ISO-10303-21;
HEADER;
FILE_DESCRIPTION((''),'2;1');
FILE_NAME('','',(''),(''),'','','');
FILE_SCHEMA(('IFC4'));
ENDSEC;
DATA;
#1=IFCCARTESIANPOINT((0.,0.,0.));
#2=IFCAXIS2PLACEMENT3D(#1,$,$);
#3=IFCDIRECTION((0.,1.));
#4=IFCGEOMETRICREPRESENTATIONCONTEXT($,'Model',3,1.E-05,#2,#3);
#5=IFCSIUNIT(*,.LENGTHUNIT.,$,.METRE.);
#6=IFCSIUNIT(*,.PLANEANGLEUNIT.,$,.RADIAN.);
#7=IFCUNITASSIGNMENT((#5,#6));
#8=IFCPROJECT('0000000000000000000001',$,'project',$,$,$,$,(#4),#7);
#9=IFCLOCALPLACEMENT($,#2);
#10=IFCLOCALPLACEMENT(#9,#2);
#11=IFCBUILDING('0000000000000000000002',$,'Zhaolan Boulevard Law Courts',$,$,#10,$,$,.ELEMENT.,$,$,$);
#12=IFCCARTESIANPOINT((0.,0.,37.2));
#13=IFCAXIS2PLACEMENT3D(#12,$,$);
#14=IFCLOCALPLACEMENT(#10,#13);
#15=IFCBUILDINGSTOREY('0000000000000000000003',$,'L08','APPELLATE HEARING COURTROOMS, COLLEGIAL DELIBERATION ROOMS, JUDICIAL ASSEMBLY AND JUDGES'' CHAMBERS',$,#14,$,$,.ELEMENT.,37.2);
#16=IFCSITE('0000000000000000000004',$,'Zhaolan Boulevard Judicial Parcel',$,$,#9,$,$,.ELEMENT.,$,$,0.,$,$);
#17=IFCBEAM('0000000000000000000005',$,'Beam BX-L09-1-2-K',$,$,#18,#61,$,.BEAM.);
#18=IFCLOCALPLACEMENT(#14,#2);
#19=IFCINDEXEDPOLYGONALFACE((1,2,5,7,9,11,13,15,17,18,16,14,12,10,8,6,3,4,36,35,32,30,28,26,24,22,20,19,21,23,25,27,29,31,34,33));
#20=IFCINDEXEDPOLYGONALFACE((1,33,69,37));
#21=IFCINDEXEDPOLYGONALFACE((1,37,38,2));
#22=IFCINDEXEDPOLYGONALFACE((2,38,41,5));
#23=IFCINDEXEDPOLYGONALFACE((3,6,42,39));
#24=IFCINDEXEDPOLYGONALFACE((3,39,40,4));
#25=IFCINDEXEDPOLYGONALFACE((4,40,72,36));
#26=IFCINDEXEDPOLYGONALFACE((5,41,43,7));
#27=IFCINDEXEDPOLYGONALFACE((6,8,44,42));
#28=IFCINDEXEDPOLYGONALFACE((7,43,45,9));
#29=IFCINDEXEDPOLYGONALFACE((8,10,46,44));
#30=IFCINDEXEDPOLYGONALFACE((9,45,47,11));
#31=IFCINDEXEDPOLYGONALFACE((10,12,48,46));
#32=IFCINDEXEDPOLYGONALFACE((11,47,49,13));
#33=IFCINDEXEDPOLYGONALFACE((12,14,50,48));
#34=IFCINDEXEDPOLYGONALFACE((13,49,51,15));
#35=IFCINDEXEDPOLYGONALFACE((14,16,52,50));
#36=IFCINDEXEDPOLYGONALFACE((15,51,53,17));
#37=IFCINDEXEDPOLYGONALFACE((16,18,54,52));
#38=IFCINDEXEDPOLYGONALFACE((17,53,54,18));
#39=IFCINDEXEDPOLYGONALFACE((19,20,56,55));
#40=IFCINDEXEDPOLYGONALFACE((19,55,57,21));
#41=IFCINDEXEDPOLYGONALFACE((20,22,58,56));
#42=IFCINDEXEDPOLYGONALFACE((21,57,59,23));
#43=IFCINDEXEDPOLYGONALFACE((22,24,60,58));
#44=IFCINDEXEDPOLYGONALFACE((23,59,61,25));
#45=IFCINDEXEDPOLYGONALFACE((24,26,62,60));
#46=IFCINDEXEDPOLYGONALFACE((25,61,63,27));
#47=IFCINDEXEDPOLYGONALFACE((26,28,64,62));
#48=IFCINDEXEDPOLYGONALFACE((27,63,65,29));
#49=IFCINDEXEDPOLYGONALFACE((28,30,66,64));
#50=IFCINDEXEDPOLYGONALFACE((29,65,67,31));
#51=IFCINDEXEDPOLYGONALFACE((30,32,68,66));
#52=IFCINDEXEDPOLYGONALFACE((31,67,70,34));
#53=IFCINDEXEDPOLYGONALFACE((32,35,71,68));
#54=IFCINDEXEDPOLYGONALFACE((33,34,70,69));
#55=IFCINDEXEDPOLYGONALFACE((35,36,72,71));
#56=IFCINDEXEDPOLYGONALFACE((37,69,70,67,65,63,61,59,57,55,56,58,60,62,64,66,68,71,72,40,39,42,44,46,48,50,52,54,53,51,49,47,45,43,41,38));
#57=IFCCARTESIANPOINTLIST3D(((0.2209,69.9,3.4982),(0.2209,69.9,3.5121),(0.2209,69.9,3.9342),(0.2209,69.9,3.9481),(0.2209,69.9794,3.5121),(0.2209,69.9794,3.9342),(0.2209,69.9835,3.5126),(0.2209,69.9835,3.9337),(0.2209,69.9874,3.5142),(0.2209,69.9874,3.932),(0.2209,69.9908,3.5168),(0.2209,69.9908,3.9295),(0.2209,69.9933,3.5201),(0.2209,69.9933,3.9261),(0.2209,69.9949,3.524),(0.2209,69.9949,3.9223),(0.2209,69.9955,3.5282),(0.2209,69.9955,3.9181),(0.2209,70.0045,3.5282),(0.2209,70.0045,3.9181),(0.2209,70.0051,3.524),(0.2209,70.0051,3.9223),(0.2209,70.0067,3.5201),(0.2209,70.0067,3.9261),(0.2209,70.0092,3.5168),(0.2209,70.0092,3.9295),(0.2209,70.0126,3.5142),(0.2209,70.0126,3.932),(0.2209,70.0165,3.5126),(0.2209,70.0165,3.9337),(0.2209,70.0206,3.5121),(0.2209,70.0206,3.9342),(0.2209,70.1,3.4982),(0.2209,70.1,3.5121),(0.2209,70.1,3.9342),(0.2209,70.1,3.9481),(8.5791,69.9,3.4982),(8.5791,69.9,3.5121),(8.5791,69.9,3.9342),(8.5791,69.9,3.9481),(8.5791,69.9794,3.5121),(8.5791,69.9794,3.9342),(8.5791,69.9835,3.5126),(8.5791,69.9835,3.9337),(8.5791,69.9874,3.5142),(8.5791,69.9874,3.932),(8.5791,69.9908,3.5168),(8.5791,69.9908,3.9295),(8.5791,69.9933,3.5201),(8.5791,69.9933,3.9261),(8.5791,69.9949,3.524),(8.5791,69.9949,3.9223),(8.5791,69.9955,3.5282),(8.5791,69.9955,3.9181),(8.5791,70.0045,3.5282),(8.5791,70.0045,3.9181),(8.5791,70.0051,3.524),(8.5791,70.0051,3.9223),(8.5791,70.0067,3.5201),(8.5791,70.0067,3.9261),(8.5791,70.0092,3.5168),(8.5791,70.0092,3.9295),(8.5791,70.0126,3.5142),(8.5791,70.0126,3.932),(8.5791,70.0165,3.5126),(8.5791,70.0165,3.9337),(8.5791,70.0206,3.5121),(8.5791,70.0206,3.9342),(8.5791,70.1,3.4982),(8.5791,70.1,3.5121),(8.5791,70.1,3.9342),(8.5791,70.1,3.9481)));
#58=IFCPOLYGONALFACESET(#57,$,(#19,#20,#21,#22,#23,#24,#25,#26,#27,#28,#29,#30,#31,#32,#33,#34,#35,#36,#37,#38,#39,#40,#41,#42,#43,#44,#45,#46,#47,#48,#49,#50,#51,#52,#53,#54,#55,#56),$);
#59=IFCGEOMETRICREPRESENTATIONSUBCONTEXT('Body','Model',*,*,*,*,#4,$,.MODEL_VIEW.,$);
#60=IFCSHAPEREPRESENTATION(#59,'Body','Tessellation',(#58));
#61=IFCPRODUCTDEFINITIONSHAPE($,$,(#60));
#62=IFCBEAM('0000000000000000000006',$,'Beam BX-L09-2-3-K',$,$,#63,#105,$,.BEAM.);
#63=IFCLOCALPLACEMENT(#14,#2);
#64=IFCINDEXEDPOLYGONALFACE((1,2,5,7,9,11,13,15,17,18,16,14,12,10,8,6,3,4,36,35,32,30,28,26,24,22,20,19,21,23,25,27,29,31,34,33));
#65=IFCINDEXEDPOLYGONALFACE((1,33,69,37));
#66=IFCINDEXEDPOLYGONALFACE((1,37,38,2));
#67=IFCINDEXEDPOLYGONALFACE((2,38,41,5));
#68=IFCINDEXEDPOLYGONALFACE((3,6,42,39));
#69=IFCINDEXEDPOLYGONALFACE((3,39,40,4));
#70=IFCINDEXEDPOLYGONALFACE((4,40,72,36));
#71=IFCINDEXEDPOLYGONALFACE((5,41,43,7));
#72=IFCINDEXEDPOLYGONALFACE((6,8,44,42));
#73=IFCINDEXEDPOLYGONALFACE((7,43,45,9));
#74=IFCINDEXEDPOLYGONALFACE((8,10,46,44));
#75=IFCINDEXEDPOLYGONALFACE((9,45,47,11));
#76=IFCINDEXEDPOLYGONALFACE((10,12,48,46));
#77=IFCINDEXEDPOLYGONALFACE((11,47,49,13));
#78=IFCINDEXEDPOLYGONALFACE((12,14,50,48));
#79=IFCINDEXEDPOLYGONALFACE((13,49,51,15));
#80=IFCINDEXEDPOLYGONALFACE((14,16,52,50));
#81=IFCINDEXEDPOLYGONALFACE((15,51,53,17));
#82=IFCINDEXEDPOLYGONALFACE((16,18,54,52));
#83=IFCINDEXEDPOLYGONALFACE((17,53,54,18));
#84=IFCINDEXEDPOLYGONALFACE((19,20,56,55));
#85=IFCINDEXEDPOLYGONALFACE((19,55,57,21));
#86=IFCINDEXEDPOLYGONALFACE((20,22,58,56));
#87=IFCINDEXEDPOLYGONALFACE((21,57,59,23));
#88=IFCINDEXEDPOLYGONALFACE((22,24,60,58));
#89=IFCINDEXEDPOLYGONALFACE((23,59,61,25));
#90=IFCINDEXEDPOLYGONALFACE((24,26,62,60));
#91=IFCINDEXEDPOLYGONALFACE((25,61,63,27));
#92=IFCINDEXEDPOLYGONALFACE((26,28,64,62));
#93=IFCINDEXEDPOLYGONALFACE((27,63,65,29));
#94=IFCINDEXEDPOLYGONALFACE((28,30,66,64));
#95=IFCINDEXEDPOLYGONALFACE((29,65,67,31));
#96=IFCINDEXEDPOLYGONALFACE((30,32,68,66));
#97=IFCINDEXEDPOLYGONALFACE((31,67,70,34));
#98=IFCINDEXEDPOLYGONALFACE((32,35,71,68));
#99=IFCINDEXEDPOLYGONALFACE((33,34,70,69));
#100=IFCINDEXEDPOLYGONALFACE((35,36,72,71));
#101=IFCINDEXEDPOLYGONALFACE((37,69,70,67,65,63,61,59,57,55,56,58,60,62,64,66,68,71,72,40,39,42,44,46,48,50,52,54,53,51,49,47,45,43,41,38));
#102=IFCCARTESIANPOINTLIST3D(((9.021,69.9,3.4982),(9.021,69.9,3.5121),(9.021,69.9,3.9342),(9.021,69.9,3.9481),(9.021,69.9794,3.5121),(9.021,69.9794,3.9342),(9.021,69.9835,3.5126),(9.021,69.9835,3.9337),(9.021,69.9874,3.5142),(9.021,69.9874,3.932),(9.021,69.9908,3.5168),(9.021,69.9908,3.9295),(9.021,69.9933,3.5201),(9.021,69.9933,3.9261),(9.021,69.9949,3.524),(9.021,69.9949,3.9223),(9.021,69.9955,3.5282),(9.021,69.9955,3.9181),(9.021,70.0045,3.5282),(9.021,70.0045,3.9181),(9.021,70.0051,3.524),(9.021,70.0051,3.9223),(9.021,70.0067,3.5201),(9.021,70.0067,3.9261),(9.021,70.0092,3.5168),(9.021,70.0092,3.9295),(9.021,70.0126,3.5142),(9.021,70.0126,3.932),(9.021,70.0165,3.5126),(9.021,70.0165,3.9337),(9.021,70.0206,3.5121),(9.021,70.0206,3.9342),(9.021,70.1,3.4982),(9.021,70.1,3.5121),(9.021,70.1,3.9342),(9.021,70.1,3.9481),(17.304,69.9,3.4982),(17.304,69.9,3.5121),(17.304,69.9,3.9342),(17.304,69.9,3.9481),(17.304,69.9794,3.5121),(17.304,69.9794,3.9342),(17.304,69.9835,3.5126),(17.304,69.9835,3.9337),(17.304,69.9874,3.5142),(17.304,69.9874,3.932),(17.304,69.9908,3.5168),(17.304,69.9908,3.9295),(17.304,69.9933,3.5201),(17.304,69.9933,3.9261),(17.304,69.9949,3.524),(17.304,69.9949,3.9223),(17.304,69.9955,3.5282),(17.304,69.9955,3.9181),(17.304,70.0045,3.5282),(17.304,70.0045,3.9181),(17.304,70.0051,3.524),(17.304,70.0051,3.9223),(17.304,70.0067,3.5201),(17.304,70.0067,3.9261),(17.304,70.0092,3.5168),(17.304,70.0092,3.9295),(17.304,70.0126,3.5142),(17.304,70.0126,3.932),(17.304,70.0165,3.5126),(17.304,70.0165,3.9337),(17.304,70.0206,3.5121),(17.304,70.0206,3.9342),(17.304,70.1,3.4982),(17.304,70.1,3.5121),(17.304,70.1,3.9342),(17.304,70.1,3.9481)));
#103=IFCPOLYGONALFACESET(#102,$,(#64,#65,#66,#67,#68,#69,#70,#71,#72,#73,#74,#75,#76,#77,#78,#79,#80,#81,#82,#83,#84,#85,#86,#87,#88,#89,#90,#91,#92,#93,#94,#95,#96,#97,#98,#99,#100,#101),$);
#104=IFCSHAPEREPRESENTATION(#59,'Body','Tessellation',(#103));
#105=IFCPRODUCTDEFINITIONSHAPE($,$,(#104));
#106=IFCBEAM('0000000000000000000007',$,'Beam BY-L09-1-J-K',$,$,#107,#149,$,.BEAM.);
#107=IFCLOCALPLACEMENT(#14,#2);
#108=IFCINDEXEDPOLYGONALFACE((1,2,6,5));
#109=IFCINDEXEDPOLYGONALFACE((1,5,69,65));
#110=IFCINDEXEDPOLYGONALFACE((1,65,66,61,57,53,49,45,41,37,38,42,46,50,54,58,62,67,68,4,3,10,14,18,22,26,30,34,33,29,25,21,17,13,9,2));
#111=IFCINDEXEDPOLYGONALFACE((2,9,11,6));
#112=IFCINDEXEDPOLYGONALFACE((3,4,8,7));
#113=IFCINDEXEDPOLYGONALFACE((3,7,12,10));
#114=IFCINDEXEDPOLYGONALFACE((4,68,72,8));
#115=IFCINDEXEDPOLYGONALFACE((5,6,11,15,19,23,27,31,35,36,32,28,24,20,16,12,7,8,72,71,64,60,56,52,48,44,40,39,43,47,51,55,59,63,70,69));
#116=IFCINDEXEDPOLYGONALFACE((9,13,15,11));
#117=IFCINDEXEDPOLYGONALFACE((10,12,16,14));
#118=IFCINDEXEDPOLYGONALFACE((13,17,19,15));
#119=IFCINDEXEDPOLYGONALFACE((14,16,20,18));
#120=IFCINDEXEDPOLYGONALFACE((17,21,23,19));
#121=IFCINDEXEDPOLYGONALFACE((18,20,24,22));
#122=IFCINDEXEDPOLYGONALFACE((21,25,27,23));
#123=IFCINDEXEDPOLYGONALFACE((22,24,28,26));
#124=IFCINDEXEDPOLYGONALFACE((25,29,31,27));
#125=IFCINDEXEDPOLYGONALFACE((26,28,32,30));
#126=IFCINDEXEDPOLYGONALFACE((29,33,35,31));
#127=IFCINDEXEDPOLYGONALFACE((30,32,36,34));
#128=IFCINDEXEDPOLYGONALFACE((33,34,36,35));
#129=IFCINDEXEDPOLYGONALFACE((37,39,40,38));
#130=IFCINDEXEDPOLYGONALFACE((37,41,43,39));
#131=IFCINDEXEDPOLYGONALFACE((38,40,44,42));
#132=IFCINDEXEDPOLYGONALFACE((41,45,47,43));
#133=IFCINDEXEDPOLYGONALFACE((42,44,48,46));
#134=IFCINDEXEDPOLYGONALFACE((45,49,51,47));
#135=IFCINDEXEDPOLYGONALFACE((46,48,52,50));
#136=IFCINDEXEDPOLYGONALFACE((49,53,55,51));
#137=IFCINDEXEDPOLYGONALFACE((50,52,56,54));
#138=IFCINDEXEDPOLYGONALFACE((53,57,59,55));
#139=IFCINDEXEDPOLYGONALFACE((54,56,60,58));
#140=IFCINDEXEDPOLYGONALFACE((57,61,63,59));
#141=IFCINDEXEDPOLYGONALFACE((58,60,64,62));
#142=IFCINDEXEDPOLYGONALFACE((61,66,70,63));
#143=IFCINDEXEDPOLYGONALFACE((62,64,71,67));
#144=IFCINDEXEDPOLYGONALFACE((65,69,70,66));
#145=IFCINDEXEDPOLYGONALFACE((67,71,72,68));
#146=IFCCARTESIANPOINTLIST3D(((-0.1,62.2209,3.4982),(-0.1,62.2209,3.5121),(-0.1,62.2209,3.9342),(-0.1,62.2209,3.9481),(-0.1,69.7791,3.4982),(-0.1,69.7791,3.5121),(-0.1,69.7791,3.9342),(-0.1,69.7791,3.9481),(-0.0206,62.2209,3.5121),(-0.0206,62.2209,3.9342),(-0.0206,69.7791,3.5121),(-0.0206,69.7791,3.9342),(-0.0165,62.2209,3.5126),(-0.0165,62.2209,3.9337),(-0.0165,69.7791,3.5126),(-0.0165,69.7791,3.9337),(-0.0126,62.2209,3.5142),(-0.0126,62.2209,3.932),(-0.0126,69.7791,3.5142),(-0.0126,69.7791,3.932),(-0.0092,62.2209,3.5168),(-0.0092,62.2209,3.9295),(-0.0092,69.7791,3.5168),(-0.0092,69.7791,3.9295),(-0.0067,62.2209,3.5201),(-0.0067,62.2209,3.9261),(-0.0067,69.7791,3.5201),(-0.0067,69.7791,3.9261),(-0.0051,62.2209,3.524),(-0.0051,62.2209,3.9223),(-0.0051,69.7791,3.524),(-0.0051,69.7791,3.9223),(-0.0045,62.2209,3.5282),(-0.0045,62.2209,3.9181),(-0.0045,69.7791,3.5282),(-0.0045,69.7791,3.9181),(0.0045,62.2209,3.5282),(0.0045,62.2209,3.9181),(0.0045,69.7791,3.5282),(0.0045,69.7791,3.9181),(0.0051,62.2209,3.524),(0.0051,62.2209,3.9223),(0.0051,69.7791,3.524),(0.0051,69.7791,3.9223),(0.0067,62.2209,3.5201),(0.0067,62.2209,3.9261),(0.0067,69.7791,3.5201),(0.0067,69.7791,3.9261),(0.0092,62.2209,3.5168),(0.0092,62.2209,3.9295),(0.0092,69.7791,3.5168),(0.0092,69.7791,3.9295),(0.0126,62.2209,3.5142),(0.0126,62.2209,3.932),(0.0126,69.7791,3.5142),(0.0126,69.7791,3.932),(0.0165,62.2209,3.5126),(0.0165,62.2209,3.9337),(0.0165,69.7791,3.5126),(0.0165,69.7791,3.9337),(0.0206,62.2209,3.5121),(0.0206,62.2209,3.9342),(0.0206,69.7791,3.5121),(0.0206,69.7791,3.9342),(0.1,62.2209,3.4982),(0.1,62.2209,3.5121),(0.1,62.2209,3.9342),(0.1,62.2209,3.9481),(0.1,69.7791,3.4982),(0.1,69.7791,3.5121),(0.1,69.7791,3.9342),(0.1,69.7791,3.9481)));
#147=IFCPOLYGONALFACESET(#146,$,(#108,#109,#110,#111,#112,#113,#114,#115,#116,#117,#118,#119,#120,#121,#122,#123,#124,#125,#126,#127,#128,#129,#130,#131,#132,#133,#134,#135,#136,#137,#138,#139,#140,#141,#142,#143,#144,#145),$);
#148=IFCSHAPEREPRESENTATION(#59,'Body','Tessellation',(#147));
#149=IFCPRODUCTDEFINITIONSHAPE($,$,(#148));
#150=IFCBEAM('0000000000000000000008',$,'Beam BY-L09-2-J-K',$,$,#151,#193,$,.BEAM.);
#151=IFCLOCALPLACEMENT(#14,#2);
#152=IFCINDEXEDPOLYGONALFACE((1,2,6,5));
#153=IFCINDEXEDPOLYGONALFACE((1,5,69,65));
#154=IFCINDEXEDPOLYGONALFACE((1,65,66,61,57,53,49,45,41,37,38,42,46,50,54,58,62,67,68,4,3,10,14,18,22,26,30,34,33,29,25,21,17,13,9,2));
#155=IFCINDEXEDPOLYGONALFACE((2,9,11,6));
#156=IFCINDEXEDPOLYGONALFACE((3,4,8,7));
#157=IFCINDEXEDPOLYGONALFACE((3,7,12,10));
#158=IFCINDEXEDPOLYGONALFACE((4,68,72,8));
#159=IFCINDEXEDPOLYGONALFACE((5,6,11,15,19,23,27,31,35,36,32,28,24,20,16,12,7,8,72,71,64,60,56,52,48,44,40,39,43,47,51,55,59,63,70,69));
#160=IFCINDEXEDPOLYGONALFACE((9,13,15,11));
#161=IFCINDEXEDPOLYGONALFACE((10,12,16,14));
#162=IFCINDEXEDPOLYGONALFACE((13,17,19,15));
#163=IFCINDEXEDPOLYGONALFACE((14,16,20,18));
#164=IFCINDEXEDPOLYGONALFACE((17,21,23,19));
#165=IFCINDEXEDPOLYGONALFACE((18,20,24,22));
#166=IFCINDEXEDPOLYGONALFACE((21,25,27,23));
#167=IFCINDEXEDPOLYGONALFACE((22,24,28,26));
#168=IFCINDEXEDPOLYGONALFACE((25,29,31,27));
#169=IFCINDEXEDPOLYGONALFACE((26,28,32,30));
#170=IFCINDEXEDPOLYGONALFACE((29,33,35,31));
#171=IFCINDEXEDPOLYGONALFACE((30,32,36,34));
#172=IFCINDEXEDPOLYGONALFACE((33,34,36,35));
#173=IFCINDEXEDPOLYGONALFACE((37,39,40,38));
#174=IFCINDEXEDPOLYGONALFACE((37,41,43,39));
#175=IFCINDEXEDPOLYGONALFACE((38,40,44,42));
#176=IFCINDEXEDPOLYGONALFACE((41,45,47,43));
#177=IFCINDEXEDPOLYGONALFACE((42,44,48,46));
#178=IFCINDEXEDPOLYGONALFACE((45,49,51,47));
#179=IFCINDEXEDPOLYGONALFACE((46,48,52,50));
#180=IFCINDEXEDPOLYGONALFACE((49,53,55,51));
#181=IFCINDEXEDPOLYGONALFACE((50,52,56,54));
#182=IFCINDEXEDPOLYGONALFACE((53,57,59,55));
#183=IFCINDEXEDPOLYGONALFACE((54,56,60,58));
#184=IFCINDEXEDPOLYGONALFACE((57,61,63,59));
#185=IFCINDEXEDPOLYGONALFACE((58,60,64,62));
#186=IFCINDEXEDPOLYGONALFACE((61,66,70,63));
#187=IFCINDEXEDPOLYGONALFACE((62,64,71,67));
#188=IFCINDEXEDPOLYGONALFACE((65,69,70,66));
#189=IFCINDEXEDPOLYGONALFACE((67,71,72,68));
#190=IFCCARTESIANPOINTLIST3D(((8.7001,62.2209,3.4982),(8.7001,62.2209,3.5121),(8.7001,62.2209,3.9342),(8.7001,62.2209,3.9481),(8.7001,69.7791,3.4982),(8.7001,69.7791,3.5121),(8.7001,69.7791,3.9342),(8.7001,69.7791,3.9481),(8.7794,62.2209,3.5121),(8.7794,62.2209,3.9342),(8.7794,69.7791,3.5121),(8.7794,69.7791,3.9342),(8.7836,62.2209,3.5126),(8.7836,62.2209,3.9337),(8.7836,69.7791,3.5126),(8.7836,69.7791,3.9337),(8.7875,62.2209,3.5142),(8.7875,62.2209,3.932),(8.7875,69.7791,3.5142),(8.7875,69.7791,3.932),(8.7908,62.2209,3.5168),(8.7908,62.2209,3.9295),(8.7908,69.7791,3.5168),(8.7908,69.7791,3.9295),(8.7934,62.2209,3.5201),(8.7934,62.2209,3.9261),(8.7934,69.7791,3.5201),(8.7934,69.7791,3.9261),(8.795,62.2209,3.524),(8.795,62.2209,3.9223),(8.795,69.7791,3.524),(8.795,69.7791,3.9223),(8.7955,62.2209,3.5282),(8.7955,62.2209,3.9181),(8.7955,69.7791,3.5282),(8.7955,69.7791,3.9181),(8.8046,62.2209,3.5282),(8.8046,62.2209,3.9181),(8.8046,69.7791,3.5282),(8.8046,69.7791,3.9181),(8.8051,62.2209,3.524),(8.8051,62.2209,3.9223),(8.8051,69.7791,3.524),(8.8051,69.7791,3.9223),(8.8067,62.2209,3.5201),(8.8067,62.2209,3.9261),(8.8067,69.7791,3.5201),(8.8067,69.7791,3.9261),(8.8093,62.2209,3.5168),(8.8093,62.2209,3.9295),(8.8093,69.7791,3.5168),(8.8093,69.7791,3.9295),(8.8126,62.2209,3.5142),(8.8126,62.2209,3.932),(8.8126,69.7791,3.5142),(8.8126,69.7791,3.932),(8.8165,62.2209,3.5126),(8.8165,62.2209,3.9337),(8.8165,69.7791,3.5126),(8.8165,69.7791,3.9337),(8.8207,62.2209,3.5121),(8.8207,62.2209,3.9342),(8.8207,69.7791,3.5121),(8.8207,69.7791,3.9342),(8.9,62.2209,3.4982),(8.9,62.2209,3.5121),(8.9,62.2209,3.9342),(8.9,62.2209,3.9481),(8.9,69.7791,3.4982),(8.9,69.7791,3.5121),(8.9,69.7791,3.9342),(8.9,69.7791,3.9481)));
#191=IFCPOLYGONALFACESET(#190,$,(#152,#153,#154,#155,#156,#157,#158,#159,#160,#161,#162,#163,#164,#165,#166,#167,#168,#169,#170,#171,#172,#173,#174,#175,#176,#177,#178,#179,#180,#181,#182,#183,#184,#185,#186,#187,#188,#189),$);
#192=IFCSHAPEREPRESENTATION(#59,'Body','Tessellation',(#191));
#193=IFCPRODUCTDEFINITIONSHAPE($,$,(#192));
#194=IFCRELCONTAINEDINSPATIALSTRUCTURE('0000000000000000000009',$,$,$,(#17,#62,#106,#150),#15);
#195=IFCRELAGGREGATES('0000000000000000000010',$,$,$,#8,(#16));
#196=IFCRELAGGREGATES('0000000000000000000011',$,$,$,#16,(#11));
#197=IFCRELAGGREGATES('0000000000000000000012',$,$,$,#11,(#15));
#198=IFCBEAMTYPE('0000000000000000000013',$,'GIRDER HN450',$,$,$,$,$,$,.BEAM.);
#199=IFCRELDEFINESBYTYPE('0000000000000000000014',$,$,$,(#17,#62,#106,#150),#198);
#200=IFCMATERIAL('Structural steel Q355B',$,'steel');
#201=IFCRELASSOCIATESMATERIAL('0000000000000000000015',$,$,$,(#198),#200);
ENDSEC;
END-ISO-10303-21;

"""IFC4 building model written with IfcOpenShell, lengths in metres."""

from ifc_helpers import new_model, si_unit, direction, frame, origin, origin_2d, place, context, subcontext, project, spatial, i_section, extrude, material, material_profile, profile_set, type_object, element, save


model = new_model("IFC4")

# Units and contexts
model_context = context("Model", 3, precision=1e-05, world=origin(), true_north=direction((0.0, 1.0)))
body_context = subcontext(model_context, "Body", "Model", "MODEL_VIEW")
ifc_project = project(units=[si_unit("LENGTHUNIT", "METRE"), si_unit("PLANEANGLEUNIT", "RADIAN")], contexts=[model_context])

# Site, building, storey
site_placement = place(None, origin())
site = spatial("IfcSite", under=ifc_project, at=site_placement, Name="Zhaolan Boulevard Judicial Parcel", CompositionType="ELEMENT", RefElevation=0.0)
building_placement = place(site_placement, origin())
building = spatial("IfcBuilding", under=site, at=building_placement, Name="Zhaolan Boulevard Law Courts", CompositionType="ELEMENT")
storey_placement = place(building_placement, frame((0.0, 0.0, 37.2)))
storey = spatial("IfcBuildingStorey", under=building, at=storey_placement, Name="L08", Description="APPELLATE HEARING COURTROOMS, COLLEGIAL DELIBERATION ROOMS, JUDICIAL ASSEMBLY AND JUDGES' CHAMBERS", CompositionType="ELEMENT", Elevation=37.2)

# Beams
ifc_material_1 = material(Name="Structural steel Q355B", Category="steel")
ifc_material_profile_1 = material_profile(ifc_material_1, i_section(OverallWidth=0.2, OverallDepth=0.45, WebThickness=0.009, FlangeThickness=0.0139, FilletRadius=0.0161, at=origin_2d()), Name="HN450x200")
ifc_profile_set_1 = profile_set([ifc_material_profile_1], Name="Structural steel Q355B")
beam_type_1 = type_object("IfcBeamType", Name="GIRDER HN450", PredefinedType="BEAM", material=ifc_profile_set_1)
beam_1_placement = place(storey_placement, frame((0.2209, 70.0, 3.7231), z_axis=(1.0, 0.0, 0.0), x_axis=(0.0, 1.0, 0.0)))
element("IfcBeam", 1, at=beam_1_placement, inside=storey, type_object=beam_type_1, Name="Beam BX-L09-1-2-K", PredefinedType="BEAM", context=body_context, shape_type="SweptSolid", body=[
    extrude(i_section(OverallWidth=0.2, OverallDepth=0.45, WebThickness=0.009, FlangeThickness=0.0139, FilletRadius=0.0161, at=origin_2d()), origin(), (0.0, 0.0, 1.0), 8.3582),
])
beam_2_placement = place(storey_placement, frame((9.021, 70.0, 3.7231), z_axis=(1.0, 0.0, 0.0), x_axis=(0.0, 1.0, 0.0)))
element("IfcBeam", 2, at=beam_2_placement, inside=storey, type_object=beam_type_1, Name="Beam BX-L09-2-3-K", PredefinedType="BEAM", context=body_context, shape_type="SweptSolid", body=[
    extrude(i_section(OverallWidth=0.2, OverallDepth=0.45, WebThickness=0.009, FlangeThickness=0.0139, FilletRadius=0.0161, at=origin_2d()), origin(), (0.0, 0.0, 1.0), 8.283),
])
for number, where, z_axis, x_axis, name in (
    (3, (0.0, 62.2209, 3.7231), (0.0, 1.0, 0.0), (-1.0, 0.0, 0.0), "Beam BY-L09-1-J-K"),
    (4, (8.8, 62.2209, 3.7231), (0.0, 1.0, 0.0), (-1.0, 0.0, 0.0), "Beam BY-L09-2-J-K"),
):
    element("IfcBeam", number, at=place(storey_placement, frame(where, z_axis=z_axis, x_axis=x_axis)), inside=storey, type_object=beam_type_1, Name=name, PredefinedType="BEAM", context=body_context, shape_type="SweptSolid", body=[
        extrude(i_section(OverallWidth=0.2, OverallDepth=0.45, WebThickness=0.009, FlangeThickness=0.0139, FilletRadius=0.0161, at=origin_2d()), origin(), (0.0, 0.0, 1.0), 7.5581),
    ])

save(model, "model.ifc")
